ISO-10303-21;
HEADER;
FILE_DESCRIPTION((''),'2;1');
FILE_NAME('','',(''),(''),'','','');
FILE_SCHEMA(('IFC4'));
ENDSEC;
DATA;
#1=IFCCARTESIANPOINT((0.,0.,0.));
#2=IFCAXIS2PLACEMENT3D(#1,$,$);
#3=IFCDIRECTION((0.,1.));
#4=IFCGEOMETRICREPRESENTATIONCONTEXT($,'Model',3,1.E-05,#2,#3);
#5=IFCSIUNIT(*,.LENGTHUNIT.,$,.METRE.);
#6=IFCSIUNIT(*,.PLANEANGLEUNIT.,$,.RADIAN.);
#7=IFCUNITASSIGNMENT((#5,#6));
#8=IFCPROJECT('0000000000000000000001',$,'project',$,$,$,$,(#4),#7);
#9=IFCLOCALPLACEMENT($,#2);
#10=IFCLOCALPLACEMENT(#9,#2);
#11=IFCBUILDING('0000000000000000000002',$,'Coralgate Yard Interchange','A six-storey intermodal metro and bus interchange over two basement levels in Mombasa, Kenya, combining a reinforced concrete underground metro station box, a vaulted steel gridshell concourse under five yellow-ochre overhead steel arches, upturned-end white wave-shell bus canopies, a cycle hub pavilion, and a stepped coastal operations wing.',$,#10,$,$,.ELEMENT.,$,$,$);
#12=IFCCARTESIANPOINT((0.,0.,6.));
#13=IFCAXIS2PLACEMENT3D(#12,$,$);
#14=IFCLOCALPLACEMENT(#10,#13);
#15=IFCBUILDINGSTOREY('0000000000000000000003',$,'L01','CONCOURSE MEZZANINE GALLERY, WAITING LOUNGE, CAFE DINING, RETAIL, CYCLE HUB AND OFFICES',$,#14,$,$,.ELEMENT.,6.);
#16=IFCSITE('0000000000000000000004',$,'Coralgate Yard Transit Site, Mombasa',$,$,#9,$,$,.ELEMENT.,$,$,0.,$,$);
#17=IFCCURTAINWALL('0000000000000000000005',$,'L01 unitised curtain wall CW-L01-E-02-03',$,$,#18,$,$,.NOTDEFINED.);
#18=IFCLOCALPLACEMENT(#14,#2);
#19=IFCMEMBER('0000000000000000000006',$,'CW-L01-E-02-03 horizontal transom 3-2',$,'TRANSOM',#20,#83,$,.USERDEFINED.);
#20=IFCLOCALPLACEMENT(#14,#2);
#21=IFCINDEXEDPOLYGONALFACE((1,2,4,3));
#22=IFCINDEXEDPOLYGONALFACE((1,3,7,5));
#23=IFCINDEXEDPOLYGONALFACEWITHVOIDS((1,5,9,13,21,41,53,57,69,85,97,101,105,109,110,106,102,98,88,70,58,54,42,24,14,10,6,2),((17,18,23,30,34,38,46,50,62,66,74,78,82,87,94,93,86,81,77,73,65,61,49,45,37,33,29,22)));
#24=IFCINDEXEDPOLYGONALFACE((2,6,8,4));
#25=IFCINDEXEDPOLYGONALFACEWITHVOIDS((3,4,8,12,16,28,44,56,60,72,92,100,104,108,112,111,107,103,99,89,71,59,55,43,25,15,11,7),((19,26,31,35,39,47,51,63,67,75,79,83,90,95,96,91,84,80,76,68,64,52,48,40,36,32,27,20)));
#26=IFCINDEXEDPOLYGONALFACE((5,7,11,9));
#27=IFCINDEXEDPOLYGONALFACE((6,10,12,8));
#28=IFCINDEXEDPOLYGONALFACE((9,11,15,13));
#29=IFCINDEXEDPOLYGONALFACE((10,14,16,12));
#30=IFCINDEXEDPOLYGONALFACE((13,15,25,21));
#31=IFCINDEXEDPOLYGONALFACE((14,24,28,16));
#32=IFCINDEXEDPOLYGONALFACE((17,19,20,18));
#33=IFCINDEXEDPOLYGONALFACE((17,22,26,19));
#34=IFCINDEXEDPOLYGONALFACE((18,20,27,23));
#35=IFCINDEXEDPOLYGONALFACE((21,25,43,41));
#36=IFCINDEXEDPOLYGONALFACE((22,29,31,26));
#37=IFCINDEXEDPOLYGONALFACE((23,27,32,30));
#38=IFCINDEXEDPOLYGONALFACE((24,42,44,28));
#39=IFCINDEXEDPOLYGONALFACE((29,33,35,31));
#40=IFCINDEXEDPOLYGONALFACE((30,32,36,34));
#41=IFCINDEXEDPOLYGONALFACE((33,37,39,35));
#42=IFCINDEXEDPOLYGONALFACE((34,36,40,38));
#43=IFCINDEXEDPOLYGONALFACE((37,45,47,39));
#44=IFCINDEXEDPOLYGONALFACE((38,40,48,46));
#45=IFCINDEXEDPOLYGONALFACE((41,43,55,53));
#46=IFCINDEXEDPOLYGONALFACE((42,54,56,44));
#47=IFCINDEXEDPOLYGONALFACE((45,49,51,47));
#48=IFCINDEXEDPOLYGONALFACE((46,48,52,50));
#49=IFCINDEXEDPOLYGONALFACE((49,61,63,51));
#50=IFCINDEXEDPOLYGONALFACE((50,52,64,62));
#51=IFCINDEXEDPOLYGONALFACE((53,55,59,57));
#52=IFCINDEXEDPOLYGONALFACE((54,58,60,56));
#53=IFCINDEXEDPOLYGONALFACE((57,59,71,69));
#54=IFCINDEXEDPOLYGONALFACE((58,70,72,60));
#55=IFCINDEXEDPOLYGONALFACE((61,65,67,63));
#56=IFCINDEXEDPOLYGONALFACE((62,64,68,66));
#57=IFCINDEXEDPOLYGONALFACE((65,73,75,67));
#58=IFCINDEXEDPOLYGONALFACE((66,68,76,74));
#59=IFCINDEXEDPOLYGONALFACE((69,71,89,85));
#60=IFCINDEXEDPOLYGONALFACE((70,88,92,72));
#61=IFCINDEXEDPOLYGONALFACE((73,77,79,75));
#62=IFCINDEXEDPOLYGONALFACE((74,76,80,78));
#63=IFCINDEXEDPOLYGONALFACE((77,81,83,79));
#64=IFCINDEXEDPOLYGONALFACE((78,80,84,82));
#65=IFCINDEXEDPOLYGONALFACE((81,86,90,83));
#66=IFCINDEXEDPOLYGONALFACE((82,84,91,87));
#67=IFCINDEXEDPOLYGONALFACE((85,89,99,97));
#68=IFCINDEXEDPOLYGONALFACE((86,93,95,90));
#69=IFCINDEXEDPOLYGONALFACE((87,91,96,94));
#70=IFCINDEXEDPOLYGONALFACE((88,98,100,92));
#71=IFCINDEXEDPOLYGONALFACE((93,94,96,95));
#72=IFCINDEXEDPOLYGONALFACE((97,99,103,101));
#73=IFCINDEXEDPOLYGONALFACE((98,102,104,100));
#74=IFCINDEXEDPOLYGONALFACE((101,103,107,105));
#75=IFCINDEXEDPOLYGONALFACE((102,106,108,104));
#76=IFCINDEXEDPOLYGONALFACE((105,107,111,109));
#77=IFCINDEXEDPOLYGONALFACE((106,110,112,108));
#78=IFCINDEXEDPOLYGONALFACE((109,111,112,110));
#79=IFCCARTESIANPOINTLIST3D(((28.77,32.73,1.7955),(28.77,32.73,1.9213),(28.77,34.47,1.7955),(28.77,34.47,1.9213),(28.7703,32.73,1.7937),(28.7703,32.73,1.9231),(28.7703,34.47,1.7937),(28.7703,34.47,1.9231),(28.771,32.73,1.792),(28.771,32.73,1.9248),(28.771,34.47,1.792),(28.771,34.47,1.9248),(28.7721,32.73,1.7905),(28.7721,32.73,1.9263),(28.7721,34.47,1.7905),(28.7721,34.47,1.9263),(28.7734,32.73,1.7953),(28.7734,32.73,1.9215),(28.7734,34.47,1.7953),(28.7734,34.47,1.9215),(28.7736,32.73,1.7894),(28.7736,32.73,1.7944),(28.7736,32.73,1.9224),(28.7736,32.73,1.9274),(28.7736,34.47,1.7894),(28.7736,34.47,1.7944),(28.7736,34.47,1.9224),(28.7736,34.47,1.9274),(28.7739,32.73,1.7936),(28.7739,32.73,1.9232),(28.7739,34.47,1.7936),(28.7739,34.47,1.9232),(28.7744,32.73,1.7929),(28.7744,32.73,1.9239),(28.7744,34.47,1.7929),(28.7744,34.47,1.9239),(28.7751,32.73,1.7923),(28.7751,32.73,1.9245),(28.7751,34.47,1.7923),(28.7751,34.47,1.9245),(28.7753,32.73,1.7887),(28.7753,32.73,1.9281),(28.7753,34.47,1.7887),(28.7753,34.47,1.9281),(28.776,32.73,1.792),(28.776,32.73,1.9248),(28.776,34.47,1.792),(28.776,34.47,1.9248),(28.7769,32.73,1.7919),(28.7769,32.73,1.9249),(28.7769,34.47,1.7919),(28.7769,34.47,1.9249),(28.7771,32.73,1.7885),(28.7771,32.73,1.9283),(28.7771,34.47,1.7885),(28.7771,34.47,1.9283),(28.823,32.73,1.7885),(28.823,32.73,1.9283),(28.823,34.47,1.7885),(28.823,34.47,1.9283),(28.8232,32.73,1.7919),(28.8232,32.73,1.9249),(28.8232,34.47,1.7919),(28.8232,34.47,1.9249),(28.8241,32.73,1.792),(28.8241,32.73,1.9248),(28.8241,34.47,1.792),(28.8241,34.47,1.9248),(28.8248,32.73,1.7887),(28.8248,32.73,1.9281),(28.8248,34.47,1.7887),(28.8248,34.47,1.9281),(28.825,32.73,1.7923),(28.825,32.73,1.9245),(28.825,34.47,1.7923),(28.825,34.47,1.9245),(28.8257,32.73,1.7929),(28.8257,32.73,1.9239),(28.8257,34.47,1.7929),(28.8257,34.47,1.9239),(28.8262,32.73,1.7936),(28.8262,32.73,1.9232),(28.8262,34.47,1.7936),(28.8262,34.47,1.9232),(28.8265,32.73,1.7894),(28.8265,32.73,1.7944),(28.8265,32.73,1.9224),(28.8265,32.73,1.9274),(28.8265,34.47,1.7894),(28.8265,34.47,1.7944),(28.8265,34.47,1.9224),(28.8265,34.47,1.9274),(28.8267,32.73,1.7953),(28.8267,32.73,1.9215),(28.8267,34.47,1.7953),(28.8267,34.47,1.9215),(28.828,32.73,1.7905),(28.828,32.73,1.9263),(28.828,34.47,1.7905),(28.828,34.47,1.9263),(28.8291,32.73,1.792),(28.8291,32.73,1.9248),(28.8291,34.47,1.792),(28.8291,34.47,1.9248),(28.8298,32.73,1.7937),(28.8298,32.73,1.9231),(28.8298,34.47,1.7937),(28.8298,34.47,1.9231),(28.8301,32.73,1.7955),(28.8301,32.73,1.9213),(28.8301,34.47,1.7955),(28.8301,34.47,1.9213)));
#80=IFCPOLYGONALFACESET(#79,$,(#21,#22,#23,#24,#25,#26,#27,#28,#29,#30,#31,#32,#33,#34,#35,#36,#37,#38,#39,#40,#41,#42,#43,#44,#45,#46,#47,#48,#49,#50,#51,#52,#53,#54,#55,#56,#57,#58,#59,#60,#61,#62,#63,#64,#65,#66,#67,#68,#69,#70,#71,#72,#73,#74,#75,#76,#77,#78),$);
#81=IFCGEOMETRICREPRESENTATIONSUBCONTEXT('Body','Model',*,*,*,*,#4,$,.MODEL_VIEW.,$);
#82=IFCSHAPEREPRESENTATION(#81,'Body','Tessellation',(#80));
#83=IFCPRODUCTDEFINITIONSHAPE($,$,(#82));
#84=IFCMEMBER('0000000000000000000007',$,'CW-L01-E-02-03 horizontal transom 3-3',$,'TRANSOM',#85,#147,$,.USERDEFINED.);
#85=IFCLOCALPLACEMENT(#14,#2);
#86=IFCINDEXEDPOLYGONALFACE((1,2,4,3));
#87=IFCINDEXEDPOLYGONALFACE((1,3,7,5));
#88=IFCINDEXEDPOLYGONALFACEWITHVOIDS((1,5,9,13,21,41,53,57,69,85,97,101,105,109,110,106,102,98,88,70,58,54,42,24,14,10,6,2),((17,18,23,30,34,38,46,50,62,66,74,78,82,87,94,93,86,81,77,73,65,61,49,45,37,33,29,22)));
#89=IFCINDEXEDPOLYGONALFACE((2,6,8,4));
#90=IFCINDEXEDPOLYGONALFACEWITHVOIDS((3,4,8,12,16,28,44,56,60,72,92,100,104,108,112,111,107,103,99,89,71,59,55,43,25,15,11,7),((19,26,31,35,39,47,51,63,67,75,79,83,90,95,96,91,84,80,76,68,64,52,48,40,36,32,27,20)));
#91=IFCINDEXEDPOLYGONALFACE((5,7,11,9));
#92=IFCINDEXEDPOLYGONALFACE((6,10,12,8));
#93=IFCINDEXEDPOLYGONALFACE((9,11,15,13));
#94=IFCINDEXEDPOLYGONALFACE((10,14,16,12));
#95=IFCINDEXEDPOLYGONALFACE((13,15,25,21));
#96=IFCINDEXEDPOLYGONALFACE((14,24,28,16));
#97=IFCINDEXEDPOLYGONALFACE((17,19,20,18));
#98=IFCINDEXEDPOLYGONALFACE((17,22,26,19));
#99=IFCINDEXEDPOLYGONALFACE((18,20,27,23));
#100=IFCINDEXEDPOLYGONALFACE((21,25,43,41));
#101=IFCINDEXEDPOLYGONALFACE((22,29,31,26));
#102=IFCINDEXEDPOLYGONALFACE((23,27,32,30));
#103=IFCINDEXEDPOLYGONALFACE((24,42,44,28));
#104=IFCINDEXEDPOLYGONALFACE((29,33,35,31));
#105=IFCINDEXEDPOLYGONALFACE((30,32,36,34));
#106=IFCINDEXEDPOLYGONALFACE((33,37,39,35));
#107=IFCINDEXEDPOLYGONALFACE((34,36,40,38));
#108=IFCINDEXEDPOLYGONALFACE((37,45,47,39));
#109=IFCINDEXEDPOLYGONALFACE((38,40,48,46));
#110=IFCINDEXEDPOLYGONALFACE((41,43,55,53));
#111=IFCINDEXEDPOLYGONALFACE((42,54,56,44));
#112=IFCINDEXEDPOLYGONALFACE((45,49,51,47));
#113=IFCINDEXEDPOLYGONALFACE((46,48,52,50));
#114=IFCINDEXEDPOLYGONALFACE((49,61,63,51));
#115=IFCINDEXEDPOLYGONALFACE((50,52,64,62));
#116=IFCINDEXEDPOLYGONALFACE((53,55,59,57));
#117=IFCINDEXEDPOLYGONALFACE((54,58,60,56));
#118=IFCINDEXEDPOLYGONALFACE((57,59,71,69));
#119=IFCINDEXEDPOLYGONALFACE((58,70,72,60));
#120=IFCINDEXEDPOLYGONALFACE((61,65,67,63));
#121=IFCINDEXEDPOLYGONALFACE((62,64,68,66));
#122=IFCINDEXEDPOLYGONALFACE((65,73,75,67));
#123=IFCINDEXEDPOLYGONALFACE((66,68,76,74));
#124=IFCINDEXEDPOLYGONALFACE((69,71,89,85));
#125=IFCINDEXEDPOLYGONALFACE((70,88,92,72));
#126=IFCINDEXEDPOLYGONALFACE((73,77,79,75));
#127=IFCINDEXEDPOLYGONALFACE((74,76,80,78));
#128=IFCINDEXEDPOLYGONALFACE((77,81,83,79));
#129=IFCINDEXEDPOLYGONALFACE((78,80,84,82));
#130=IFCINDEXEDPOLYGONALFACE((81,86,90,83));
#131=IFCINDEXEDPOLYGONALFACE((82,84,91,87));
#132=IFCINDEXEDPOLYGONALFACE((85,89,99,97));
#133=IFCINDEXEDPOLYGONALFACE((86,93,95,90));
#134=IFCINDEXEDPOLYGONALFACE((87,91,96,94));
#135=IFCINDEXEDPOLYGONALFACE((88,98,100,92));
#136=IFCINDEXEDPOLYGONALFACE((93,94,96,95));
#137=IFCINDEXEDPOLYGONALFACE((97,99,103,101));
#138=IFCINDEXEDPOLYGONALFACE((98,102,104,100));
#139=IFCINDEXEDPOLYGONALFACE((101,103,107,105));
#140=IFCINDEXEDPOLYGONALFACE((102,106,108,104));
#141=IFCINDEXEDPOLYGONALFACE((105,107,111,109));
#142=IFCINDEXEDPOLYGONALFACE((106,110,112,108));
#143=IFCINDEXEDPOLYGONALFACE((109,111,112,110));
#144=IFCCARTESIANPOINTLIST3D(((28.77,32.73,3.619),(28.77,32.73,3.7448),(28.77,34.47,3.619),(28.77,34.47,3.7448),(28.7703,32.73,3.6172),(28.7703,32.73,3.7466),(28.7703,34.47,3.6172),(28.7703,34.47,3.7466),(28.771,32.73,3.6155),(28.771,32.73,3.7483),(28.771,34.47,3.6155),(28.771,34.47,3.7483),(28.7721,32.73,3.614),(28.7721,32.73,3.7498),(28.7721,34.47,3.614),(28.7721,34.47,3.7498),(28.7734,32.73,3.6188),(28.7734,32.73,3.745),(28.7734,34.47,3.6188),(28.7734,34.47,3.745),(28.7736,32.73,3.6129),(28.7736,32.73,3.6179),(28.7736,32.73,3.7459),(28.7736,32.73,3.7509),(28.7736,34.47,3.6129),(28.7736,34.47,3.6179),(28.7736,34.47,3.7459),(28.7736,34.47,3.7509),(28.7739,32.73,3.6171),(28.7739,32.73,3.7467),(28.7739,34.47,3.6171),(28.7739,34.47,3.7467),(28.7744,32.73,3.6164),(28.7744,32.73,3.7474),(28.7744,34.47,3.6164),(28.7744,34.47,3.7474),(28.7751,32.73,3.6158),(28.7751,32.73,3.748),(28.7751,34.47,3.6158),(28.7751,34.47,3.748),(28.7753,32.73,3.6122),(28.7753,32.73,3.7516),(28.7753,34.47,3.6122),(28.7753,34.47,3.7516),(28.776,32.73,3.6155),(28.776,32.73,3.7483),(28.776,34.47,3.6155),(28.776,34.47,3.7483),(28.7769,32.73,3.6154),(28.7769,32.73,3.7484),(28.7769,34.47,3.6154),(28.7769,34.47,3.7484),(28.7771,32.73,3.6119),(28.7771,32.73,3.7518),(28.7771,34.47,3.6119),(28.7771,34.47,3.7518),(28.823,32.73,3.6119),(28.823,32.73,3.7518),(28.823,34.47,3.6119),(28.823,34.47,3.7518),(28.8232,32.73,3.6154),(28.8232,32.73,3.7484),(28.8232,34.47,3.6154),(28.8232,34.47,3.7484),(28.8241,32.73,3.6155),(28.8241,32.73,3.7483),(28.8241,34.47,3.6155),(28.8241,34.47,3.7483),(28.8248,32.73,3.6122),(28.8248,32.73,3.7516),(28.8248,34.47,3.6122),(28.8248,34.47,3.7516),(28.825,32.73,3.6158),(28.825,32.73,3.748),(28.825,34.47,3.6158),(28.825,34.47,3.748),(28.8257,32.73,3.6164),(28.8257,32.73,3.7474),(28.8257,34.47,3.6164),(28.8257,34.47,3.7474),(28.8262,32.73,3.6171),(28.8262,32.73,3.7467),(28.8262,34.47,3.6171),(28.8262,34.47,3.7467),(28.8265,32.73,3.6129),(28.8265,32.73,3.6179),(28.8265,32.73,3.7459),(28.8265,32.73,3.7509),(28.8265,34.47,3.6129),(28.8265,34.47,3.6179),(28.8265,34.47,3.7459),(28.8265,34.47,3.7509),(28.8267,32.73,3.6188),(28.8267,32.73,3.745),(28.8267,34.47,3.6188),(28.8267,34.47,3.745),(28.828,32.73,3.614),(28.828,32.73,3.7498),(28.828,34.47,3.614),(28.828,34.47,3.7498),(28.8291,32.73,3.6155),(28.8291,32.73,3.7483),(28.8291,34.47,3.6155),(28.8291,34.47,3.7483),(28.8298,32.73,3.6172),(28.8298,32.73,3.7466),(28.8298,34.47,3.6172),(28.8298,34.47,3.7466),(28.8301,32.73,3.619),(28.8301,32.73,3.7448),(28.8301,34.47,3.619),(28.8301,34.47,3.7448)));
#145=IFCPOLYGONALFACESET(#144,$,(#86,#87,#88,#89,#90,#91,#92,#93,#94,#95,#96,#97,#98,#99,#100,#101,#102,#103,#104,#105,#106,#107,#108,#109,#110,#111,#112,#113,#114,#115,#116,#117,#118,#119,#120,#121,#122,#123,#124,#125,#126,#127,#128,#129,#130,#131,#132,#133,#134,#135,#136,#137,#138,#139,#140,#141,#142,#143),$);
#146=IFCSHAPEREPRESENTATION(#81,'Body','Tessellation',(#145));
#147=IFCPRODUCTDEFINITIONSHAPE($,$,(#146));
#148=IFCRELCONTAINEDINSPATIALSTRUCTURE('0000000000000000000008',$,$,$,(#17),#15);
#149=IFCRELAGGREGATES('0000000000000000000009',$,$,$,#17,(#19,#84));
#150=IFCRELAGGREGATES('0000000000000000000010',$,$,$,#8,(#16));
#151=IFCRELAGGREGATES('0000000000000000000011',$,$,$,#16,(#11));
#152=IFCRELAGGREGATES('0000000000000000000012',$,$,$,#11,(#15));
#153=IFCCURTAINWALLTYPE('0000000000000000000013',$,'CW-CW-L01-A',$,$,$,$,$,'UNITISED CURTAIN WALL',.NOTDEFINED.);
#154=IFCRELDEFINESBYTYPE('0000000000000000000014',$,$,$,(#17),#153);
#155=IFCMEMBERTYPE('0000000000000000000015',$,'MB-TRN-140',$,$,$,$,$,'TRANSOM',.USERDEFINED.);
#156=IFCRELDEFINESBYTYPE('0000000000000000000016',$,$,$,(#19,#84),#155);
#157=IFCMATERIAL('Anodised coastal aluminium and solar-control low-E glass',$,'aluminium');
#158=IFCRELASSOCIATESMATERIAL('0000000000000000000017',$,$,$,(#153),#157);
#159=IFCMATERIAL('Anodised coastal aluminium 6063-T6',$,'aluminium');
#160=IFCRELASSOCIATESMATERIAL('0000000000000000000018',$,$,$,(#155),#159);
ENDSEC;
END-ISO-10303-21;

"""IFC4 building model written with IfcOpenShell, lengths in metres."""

from ifc_helpers import new_model, si_unit, direction, frame, origin, origin_2d, place, context, subcontext, project, spatial, hollow_rectangle, extrude, material, material_profile, profile_set, type_object, element, aggregate, save


model = new_model("IFC4")

# Units and contexts
model_context = context("Model", 3, precision=1e-05, world=origin(), true_north=direction((0.0, 1.0)))
body_context = subcontext(model_context, "Body", "Model", "MODEL_VIEW")
ifc_project = project(units=[si_unit("LENGTHUNIT", "METRE"), si_unit("PLANEANGLEUNIT", "RADIAN")], contexts=[model_context])

# Site, building, storey
site_placement = place(None, origin())
site = spatial("IfcSite", under=ifc_project, at=site_placement, Name="Coralgate Yard Transit Site, Mombasa", CompositionType="ELEMENT", RefElevation=0.0)
building_placement = place(site_placement, origin())
building = spatial("IfcBuilding", under=site, at=building_placement, Name="Coralgate Yard Interchange", Description="A six-storey intermodal metro and bus interchange over two basement levels in Mombasa, Kenya, combining a reinforced concrete underground metro station box, a vaulted steel gridshell concourse under five yellow-ochre overhead steel arches, upturned-end white wave-shell bus canopies, a cycle hub pavilion, and a stepped coastal operations wing.", CompositionType="ELEMENT")
storey_placement = place(building_placement, frame((0.0, 0.0, 6.0)))
storey = spatial("IfcBuildingStorey", under=building, at=storey_placement, Name="L01", Description="CONCOURSE MEZZANINE GALLERY, WAITING LOUNGE, CAFE DINING, RETAIL, CYCLE HUB AND OFFICES", CompositionType="ELEMENT", Elevation=6.0)

# Curtain wall
ifc_material_1 = material(Name="Anodised coastal aluminium and solar-control low-E glass", Category="aluminium")
curtain_wall_type_1 = type_object("IfcCurtainWallType", Name="CW-CW-L01-A", ElementType="UNITISED CURTAIN WALL", PredefinedType="NOTDEFINED", material=ifc_material_1)
curtain_wall_1_placement = place(storey_placement, origin())
curtain_wall_1 = element("IfcCurtainWall", 1, at=curtain_wall_1_placement, inside=storey, type_object=curtain_wall_type_1, Name="L01 unitised curtain wall CW-L01-E-02-03", PredefinedType="NOTDEFINED")
ifc_material_2 = material(Name="Anodised coastal aluminium 6063-T6", Category="aluminium")

# Members
ifc_material_profile_1 = material_profile(ifc_material_2, hollow_rectangle(XDim=0.0601, YDim=0.1399, WallThickness=0.0034, InnerFilletRadius=0.0034, OuterFilletRadius=0.0071, at=origin_2d()), Name="ALU 60x140x3.5")
ifc_profile_set_1 = profile_set([ifc_material_profile_1], Name="Anodised coastal aluminium 6063-T6")
member_type_1 = type_object("IfcMemberType", Name="MB-TRN-140", ElementType="TRANSOM", PredefinedType="USERDEFINED", material=ifc_profile_set_1)
member_1_placement = place(storey_placement, frame((28.8, 34.47, 1.8584), z_axis=(0.0, -1.0, 0.0), x_axis=(1.0, 0.0, 0.0)))
member_1 = element("IfcMember", 2, at=member_1_placement, type_object=member_type_1, Name="CW-L01-E-02-03 horizontal transom 3-2", ObjectType="TRANSOM", PredefinedType="USERDEFINED", context=body_context, shape_type="SweptSolid", body=[
    extrude(hollow_rectangle(XDim=0.0601, YDim=0.1399, WallThickness=0.0034, InnerFilletRadius=0.0034, OuterFilletRadius=0.0071, at=origin_2d()), origin(), (0.0, 0.0, 1.0), 1.74),
])
member_2_placement = place(storey_placement, frame((28.8, 34.47, 3.6819), z_axis=(0.0, -1.0, 0.0), x_axis=(1.0, 0.0, 0.0)))
member_2 = element("IfcMember", 3, at=member_2_placement, type_object=member_type_1, Name="CW-L01-E-02-03 horizontal transom 3-3", ObjectType="TRANSOM", PredefinedType="USERDEFINED", context=body_context, shape_type="SweptSolid", body=[
    extrude(hollow_rectangle(XDim=0.0601, YDim=0.1399, WallThickness=0.0034, InnerFilletRadius=0.0034, OuterFilletRadius=0.0071, at=origin_2d()), origin(), (0.0, 0.0, 1.0), 1.74),
])

aggregate(curtain_wall_1, [member_1, member_2])

save(model, "model.ifc")
